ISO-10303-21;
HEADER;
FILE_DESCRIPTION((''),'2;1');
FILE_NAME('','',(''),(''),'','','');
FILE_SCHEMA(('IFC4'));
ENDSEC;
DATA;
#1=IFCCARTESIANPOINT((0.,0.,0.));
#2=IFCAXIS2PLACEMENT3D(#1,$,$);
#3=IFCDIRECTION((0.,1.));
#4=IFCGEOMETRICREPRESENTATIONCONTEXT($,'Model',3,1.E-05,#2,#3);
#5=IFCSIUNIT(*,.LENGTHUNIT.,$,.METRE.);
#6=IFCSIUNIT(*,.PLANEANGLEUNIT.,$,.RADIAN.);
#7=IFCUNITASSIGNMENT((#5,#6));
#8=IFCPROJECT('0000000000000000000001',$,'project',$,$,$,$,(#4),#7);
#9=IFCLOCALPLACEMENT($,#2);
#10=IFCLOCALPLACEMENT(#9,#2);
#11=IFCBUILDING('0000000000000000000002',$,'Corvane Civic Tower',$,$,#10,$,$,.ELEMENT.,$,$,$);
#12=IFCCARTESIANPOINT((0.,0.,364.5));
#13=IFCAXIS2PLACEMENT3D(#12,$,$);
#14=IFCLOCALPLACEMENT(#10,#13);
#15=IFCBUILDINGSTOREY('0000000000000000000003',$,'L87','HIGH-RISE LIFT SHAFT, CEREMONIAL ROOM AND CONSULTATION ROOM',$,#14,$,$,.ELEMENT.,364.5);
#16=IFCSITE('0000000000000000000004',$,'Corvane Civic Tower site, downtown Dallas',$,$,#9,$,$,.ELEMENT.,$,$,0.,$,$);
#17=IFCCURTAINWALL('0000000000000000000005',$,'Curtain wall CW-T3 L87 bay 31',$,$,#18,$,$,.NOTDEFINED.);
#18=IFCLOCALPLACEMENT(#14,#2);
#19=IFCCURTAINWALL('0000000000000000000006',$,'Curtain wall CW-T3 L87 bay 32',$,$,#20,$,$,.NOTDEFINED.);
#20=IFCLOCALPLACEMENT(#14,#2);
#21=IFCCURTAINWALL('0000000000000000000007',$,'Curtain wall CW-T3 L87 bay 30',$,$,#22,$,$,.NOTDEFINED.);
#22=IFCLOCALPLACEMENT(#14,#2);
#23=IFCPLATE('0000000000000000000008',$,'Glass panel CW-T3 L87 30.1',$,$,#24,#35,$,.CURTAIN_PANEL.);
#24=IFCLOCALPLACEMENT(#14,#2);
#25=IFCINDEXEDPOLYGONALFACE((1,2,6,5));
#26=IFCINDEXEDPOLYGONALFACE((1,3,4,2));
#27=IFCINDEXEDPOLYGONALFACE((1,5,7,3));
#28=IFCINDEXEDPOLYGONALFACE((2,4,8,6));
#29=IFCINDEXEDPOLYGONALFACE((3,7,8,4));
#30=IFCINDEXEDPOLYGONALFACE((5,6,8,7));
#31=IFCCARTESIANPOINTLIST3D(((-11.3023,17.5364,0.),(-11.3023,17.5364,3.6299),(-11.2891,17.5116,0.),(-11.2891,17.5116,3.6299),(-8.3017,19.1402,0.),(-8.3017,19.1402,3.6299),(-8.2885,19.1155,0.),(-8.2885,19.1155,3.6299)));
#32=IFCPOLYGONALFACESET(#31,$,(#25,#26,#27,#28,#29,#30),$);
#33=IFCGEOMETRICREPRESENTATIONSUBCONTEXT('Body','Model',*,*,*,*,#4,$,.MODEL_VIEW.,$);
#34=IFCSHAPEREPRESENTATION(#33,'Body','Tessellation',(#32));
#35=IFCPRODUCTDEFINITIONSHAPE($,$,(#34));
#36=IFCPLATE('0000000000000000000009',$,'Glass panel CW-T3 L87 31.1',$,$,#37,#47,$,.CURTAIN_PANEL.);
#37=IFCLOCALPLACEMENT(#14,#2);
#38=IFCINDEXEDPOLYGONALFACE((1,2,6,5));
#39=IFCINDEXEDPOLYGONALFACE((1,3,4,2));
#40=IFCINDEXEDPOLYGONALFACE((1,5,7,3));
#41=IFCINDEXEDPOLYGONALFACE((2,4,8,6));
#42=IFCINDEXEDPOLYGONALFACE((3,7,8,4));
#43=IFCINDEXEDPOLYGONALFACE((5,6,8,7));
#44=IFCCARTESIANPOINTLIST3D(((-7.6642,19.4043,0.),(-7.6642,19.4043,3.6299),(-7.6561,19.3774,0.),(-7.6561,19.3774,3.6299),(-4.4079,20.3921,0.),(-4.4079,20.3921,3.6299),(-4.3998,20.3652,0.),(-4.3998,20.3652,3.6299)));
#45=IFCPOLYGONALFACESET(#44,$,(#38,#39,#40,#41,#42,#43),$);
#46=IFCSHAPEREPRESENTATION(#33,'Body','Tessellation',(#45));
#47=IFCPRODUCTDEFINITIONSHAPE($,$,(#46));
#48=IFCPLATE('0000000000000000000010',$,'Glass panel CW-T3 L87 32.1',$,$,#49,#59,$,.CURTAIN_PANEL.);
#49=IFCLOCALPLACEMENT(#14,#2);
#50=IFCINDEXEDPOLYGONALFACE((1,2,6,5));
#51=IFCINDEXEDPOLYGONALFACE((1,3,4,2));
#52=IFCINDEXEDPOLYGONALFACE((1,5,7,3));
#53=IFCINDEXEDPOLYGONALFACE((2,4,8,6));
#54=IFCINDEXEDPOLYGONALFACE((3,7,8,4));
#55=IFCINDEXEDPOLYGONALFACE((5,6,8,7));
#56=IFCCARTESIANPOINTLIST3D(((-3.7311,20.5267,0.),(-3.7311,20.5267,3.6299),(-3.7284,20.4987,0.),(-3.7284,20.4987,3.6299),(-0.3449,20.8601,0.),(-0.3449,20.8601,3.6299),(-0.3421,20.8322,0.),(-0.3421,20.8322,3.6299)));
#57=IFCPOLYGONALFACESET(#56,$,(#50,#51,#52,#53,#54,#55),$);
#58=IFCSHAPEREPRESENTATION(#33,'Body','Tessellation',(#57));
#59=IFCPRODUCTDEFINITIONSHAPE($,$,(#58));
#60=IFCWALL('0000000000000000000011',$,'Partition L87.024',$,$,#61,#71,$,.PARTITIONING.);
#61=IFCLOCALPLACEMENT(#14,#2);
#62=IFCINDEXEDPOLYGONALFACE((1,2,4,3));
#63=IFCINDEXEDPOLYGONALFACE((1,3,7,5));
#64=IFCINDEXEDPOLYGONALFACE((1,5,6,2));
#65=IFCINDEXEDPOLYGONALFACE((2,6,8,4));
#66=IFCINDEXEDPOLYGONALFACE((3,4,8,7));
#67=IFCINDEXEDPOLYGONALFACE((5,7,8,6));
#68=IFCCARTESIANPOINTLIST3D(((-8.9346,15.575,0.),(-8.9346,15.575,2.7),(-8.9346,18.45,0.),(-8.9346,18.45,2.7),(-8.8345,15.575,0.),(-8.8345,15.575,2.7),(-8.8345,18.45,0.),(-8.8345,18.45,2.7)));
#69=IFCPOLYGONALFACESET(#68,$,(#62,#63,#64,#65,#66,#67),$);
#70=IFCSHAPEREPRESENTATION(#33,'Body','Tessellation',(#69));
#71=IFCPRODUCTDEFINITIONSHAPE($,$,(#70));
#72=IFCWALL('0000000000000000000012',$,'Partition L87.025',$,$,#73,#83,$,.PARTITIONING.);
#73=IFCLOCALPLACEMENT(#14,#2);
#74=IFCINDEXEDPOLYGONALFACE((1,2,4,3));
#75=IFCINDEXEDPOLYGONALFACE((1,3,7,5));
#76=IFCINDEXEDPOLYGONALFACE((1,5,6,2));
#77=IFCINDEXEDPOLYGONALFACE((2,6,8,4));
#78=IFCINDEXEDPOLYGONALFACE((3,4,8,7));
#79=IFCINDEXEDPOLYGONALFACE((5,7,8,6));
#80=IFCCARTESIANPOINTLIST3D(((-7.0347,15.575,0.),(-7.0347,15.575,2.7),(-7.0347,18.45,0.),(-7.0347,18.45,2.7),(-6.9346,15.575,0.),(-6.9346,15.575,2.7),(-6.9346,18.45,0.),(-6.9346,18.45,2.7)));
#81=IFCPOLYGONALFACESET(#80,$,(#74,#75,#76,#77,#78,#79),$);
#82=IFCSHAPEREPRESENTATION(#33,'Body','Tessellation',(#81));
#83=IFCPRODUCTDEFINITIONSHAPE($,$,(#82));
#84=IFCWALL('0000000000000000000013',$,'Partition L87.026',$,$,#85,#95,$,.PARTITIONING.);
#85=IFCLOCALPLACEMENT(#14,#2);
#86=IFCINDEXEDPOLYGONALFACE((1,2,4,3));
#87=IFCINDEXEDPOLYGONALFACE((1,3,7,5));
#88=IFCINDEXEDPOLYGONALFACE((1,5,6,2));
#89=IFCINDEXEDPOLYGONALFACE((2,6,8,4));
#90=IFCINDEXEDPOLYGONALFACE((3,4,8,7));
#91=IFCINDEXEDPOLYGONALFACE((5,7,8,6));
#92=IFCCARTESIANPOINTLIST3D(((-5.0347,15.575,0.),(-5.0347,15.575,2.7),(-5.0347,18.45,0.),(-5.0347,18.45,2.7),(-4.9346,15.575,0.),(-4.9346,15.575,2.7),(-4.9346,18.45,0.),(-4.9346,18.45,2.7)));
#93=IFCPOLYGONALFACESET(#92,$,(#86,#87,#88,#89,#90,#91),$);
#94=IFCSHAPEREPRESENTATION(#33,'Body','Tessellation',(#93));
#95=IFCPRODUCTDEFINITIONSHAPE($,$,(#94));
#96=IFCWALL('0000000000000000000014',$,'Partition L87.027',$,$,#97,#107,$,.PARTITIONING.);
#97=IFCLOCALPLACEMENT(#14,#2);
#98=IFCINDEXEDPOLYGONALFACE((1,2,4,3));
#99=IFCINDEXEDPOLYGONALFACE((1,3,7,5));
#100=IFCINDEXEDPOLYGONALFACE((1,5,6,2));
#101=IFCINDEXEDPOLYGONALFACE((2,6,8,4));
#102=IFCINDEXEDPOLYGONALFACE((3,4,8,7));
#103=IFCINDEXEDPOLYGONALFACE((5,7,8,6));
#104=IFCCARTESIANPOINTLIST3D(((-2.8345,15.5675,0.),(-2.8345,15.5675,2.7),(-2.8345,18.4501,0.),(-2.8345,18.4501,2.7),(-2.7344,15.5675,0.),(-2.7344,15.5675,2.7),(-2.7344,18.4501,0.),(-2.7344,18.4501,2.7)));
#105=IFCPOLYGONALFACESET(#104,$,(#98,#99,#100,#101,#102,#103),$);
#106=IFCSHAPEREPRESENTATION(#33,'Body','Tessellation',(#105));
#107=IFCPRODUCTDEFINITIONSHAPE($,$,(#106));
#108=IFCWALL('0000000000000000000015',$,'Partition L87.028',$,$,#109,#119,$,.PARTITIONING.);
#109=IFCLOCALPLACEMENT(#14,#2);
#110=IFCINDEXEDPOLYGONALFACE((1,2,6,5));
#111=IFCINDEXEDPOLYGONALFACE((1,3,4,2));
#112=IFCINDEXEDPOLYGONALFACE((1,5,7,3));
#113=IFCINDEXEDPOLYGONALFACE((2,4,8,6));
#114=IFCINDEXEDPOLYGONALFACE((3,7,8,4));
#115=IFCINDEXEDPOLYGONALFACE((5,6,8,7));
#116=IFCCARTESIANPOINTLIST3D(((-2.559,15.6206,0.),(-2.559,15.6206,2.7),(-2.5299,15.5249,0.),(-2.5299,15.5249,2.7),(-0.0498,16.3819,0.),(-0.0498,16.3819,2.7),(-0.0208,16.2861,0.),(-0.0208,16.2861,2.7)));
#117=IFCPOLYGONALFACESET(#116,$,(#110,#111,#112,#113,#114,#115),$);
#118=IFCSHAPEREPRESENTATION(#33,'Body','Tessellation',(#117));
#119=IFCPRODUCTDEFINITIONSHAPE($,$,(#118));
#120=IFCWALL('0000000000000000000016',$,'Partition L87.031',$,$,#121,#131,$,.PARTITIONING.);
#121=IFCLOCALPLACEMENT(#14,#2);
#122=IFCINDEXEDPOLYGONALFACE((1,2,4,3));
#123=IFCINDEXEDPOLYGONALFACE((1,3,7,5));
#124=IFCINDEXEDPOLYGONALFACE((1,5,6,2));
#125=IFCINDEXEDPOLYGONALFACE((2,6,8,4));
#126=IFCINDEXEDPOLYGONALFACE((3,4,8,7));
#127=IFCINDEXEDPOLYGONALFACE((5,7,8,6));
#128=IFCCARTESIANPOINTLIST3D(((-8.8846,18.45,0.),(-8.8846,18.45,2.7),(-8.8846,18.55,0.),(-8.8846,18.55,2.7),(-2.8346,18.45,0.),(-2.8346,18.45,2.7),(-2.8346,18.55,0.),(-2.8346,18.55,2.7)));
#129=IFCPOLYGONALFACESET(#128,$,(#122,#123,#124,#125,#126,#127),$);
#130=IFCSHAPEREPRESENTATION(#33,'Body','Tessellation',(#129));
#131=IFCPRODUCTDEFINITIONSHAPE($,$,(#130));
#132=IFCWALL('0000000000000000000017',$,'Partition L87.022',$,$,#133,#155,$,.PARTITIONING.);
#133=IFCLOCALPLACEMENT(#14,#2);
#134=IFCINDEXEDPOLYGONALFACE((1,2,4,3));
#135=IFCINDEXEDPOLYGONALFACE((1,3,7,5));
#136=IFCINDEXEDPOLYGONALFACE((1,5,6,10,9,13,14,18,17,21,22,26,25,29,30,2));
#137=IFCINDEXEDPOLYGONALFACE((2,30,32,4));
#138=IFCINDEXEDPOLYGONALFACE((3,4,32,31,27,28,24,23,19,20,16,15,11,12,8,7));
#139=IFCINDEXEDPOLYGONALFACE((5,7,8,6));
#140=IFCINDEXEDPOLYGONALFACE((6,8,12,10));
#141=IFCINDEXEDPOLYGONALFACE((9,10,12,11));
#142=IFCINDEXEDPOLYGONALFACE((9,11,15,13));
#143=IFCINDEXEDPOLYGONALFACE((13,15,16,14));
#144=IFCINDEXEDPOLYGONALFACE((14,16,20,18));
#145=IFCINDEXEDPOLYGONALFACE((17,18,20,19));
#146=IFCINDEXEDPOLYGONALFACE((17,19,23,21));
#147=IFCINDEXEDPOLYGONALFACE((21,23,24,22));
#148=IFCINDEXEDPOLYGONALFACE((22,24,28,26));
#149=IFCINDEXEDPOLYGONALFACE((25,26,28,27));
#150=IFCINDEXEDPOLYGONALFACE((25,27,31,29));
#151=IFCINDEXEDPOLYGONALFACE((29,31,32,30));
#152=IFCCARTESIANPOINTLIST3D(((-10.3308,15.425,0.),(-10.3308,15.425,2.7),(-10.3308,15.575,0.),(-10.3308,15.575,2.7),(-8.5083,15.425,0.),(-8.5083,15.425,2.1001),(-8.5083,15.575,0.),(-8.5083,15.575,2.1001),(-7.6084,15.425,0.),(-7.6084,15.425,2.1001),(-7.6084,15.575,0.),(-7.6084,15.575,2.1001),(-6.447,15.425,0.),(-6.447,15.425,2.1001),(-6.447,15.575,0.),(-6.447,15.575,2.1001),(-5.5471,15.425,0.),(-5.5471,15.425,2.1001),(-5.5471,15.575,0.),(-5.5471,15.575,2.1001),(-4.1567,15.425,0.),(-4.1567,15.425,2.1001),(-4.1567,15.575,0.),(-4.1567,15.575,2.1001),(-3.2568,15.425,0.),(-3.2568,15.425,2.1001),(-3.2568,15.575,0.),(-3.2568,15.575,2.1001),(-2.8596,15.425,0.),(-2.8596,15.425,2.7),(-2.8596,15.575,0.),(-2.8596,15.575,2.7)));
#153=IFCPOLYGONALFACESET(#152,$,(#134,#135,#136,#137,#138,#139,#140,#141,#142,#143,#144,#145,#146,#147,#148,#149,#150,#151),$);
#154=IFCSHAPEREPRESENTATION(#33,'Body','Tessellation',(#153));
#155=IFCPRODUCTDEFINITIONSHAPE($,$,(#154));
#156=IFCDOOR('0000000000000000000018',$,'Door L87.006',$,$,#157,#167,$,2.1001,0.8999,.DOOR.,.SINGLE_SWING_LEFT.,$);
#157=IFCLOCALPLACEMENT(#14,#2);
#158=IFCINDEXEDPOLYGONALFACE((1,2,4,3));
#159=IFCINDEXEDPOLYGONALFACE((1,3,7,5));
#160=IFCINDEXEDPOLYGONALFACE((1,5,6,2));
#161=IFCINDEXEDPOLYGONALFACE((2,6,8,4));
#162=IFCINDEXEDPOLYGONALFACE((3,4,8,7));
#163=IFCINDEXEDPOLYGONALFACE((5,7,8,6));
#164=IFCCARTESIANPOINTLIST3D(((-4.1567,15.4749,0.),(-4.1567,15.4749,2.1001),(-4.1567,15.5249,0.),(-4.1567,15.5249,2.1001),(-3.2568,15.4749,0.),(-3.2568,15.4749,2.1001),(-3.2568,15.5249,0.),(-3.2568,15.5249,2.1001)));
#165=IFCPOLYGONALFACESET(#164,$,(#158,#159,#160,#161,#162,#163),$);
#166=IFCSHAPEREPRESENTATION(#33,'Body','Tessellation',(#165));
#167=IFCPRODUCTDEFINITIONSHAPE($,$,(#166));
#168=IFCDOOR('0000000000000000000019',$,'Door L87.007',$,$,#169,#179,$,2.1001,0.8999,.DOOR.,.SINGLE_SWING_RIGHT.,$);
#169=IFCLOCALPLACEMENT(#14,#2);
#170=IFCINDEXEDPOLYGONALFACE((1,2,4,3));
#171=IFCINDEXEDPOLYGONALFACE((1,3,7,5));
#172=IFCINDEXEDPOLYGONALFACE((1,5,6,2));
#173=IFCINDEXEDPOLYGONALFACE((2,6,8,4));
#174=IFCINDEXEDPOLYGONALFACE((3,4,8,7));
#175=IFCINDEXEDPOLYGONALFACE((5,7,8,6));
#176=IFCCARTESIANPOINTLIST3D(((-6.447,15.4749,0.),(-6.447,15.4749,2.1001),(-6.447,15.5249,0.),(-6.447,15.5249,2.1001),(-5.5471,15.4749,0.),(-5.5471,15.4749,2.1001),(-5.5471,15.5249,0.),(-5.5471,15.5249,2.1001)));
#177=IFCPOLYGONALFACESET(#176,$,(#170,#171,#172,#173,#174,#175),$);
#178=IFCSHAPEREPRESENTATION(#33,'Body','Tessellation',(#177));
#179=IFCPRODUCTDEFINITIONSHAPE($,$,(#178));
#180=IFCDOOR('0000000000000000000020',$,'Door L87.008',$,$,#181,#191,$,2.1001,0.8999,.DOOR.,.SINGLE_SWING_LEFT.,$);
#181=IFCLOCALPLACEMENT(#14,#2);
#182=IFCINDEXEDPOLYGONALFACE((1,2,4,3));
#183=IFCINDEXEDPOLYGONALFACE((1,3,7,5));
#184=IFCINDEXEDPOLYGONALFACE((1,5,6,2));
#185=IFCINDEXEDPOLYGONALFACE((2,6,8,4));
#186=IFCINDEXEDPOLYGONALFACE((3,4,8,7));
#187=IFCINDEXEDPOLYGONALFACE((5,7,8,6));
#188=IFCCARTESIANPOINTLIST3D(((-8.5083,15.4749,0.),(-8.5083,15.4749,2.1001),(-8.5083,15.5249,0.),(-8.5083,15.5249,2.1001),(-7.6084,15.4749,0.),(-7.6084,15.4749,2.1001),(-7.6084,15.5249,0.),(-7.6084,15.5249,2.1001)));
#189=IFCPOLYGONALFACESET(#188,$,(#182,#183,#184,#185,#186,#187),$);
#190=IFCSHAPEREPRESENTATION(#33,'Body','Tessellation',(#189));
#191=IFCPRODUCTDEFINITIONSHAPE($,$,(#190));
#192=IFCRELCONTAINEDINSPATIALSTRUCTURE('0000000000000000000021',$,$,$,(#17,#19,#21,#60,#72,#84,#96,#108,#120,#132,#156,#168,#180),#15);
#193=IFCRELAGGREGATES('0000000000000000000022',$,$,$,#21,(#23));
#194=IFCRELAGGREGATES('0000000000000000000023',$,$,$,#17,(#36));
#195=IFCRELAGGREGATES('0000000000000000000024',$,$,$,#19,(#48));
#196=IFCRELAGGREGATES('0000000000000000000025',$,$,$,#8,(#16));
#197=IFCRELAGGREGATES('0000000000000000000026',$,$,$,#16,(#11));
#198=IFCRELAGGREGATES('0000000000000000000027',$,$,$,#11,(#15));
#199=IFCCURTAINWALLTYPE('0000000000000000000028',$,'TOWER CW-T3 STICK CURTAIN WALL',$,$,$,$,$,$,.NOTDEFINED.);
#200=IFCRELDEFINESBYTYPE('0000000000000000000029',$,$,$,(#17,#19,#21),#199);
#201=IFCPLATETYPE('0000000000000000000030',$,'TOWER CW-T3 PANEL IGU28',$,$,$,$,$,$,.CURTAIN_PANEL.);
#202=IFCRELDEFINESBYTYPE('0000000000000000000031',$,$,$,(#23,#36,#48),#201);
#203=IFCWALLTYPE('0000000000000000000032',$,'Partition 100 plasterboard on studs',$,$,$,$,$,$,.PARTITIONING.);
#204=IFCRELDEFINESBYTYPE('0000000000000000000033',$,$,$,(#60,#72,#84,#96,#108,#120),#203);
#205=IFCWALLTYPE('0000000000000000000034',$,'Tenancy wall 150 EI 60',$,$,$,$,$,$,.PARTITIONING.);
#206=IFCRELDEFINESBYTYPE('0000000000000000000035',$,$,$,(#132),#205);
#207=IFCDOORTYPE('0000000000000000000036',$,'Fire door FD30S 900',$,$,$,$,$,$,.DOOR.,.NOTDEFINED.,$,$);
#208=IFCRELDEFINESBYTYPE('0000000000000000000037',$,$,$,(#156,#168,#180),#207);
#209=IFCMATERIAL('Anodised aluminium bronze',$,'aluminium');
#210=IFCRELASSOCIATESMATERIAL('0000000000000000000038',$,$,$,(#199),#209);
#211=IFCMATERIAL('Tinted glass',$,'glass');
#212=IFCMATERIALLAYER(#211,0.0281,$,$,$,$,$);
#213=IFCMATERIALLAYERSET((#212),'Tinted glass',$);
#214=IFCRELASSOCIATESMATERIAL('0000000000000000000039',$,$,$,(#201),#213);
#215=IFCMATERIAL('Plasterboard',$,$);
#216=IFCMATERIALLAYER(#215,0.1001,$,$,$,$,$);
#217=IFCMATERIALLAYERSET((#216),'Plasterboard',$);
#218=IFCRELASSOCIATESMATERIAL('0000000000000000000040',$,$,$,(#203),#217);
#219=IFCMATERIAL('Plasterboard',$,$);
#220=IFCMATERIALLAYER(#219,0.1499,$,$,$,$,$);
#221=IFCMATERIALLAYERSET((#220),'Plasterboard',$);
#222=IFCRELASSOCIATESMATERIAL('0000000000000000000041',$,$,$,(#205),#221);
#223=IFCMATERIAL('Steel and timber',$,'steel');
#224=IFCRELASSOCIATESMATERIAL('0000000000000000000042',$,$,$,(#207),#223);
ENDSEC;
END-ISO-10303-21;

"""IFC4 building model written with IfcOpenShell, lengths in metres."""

from ifc_helpers import new_model, si_unit, direction, frame, frame_2d, origin, origin_2d, place, context, subcontext, project, spatial, rectangle, extrude, material, layer, layer_set, type_object, element, fill, aggregate, save


model = new_model("IFC4")

# Units and contexts
model_context = context("Model", 3, precision=1e-05, world=origin(), true_north=direction((0.0, 1.0)))
body_context = subcontext(model_context, "Body", "Model", "MODEL_VIEW")
ifc_project = project(units=[si_unit("LENGTHUNIT", "METRE"), si_unit("PLANEANGLEUNIT", "RADIAN")], contexts=[model_context])

# Site, building, storey
site_placement = place(None, origin())
site = spatial("IfcSite", under=ifc_project, at=site_placement, Name="Corvane Civic Tower site, downtown Dallas", CompositionType="ELEMENT", RefElevation=0.0)
building_placement = place(site_placement, origin())
building = spatial("IfcBuilding", under=site, at=building_placement, Name="Corvane Civic Tower", CompositionType="ELEMENT")
storey_placement = place(building_placement, frame((0.0, 0.0, 364.5)))
storey = spatial("IfcBuildingStorey", under=building, at=storey_placement, Name="L87", Description="HIGH-RISE LIFT SHAFT, CEREMONIAL ROOM AND CONSULTATION ROOM", CompositionType="ELEMENT", Elevation=364.5)

# Curtain walls
ifc_material_1 = material(Name="Anodised aluminium bronze", Category="aluminium")
curtain_wall_type = type_object("IfcCurtainWallType", Name="TOWER CW-T3 STICK CURTAIN WALL", PredefinedType="NOTDEFINED", material=ifc_material_1)
curtain_wall_1_placement = place(storey_placement, origin())
curtain_wall_1 = element("IfcCurtainWall", 1, at=curtain_wall_1_placement, inside=storey, type_object=curtain_wall_type, Name="Curtain wall CW-T3 L87 bay 31", PredefinedType="NOTDEFINED")
curtain_wall_2_placement = place(storey_placement, origin())
curtain_wall_2 = element("IfcCurtainWall", 2, at=curtain_wall_2_placement, inside=storey, type_object=curtain_wall_type, Name="Curtain wall CW-T3 L87 bay 32", PredefinedType="NOTDEFINED")

# Curtain wall, plate
curtain_wall_3_placement = place(storey_placement, origin())
curtain_wall_3 = element("IfcCurtainWall", 3, at=curtain_wall_3_placement, inside=storey, type_object=curtain_wall_type, Name="Curtain wall CW-T3 L87 bay 30", PredefinedType="NOTDEFINED")
ifc_material_2 = material(Name="Tinted glass", Category="glass")
ifc_layer_1 = layer(ifc_material_2, 0.0281)
ifc_layer_set_1 = layer_set([ifc_layer_1], Name="Tinted glass")
plate_type = type_object("IfcPlateType", Name="TOWER CW-T3 PANEL IGU28", PredefinedType="CURTAIN_PANEL", material=ifc_layer_set_1)
plate_1_placement = place(storey_placement, frame((-9.7954, 18.3259, 0.0), z_axis=(0.0, 0.0, 1.0), x_axis=(0.881928, 0.471384, 0.0)))
plate_1 = element("IfcPlate", 4, at=plate_1_placement, type_object=plate_type, Name="Glass panel CW-T3 L87 30.1", PredefinedType="CURTAIN_PANEL", context=body_context, shape_type="SweptSolid", body=[
    extrude(rectangle(XDim=3.4023, YDim=0.0281, at=origin_2d()), origin(), (0.0, 0.0, 1.0), 3.6299),
])
aggregate(curtain_wall_3, [plate_1])

# Plates
plate_2_placement = place(storey_placement, frame((-6.032, 19.8848, 0.0), z_axis=(0.0, 0.0, 1.0), x_axis=(0.956939, 0.29029, 0.0)))
plate_2 = element("IfcPlate", 5, at=plate_2_placement, type_object=plate_type, Name="Glass panel CW-T3 L87 31.1", PredefinedType="CURTAIN_PANEL", context=body_context, shape_type="SweptSolid", body=[
    extrude(rectangle(XDim=3.4028, YDim=0.0281, at=origin_2d()), origin(), (0.0, 0.0, 1.0), 3.6299),
])
aggregate(curtain_wall_1, [plate_2])
plate_3_placement = place(storey_placement, frame((-2.0366, 20.6794, 0.0), z_axis=(0.0, 0.0, 1.0), x_axis=(0.995187, 0.097998, 0.0)))
plate_3 = element("IfcPlate", 6, at=plate_3_placement, type_object=plate_type, Name="Glass panel CW-T3 L87 32.1", PredefinedType="CURTAIN_PANEL", context=body_context, shape_type="SweptSolid", body=[
    extrude(rectangle(XDim=3.4026, YDim=0.0281, at=origin_2d()), origin(), (0.0, 0.0, 1.0), 3.6299),
])
aggregate(curtain_wall_2, [plate_3])

# Walls
ifc_material_3 = material(Name="Plasterboard")
ifc_layer_2 = layer(ifc_material_3, 0.1001)
ifc_layer_set_2 = layer_set([ifc_layer_2], Name="Plasterboard")
wall_type_1 = type_object("IfcWallType", Name="Partition 100 plasterboard on studs", PredefinedType="PARTITIONING", material=ifc_layer_set_2)
for number, where, z_axis, x_axis, name in (
    (7, (-8.8845, 15.575, 0.0), (0.0, 0.0, 1.0), (0.0, 1.0, 0.0), "Partition L87.024"),
    (8, (-6.9846, 15.575, 0.0), (0.0, 0.0, 1.0), (0.0, 1.0, 0.0), "Partition L87.025"),
    (9, (-4.9846, 15.575, 0.0), (0.0, 0.0, 1.0), (0.0, 1.0, 0.0), "Partition L87.026"),
):
    element("IfcWall", number, at=place(storey_placement, frame(where, z_axis=z_axis, x_axis=x_axis)), inside=storey, type_object=wall_type_1, Name=name, PredefinedType="PARTITIONING", context=body_context, shape_type="SweptSolid", body=[
        extrude(rectangle(XDim=2.875, YDim=0.1001, at=frame_2d((1.4375, 0.0))), origin(), (0.0, 0.0, 1.0), 2.7),
    ])
wall_1_placement = place(storey_placement, frame((-2.7844, 15.5674, 0.0), z_axis=(0.0, 0.0, 1.0), x_axis=(0.0, 1.0, 0.0)))
element("IfcWall", 10, at=wall_1_placement, inside=storey, type_object=wall_type_1, Name="Partition L87.027", PredefinedType="PARTITIONING", context=body_context, shape_type="SweptSolid", body=[
    extrude(rectangle(XDim=2.8826, YDim=0.1001, at=frame_2d((1.4414, 0.0))), origin(), (0.0, 0.0, 1.0), 2.7),
])
wall_2_placement = place(storey_placement, frame((-2.5444, 15.5728, 0.0), z_axis=(0.0, 0.0, 1.0), x_axis=(0.956927, 0.290328, 0.0)))
element("IfcWall", 11, at=wall_2_placement, inside=storey, type_object=wall_type_1, Name="Partition L87.028", PredefinedType="PARTITIONING", context=body_context, shape_type="SweptSolid", body=[
    extrude(rectangle(XDim=2.6221, YDim=0.1001, at=frame_2d((1.311, 0.0))), origin(), (0.0, 0.0, 1.0), 2.7),
])
wall_3_placement = place(storey_placement, frame((-8.8845, 18.5, 0.0), z_axis=(0.0, 0.0, 1.0), x_axis=(1.0, 0.0, 0.0)))
element("IfcWall", 12, at=wall_3_placement, inside=storey, type_object=wall_type_1, Name="Partition L87.031", PredefinedType="PARTITIONING", context=body_context, shape_type="SweptSolid", body=[
    extrude(rectangle(XDim=6.05, YDim=0.1001, at=frame_2d((3.0249, 0.0))), origin(), (0.0, 0.0, 1.0), 2.7),
])

# Wall, openings, doors
ifc_material_4 = material(Name="Plasterboard")
ifc_layer_3 = layer(ifc_material_4, 0.1499)
ifc_layer_set_3 = layer_set([ifc_layer_3], Name="Plasterboard")
wall_type_2 = type_object("IfcWallType", Name="Tenancy wall 150 EI 60", PredefinedType="PARTITIONING", material=ifc_layer_set_3)
wall_4_placement = place(storey_placement, frame((-10.3308, 15.5, 0.0), z_axis=(0.0, 0.0, 1.0), x_axis=(1.0, 0.0, 0.0)))
wall_4 = element("IfcWall", 13, at=wall_4_placement, inside=storey, type_object=wall_type_2, Name="Partition L87.022", PredefinedType="PARTITIONING", context=body_context, shape_type="SweptSolid", body=[
    extrude(rectangle(XDim=7.4712, YDim=0.1499, at=frame_2d((3.7356, 0.0))), origin(), (0.0, 0.0, 1.0), 2.7),
])
opening_1_placement = place(wall_4_placement, frame((6.1741, 0.0, 0.0)))
opening_1 = element("IfcOpeningElement", 14, at=opening_1_placement, cuts=wall_4, PredefinedType="OPENING", context=body_context, shape_type="SweptSolid", body=[
    extrude(rectangle(XDim=0.8999, YDim=2.1001, at=frame_2d((0.45, 1.05))), frame((0.0, 0.085, 0.0), z_axis=(0.0, -1.0, 0.0), x_axis=(1.0, 0.0, 0.0)), (0.0, 0.0, 1.0), 0.1699),
])
opening_2_placement = place(wall_4_placement, frame((3.8838, 0.0, 0.0)))
opening_2 = element("IfcOpeningElement", 15, at=opening_2_placement, cuts=wall_4, PredefinedType="OPENING", context=body_context, shape_type="SweptSolid", body=[
    extrude(rectangle(XDim=0.8999, YDim=2.1001, at=frame_2d((0.45, 1.05))), frame((0.0, 0.085, 0.0), z_axis=(0.0, -1.0, 0.0), x_axis=(1.0, 0.0, 0.0)), (0.0, 0.0, 1.0), 0.1699),
])
opening_3_placement = place(wall_4_placement, frame((1.8225, 0.0, 0.0)))
opening_3 = element("IfcOpeningElement", 16, at=opening_3_placement, cuts=wall_4, PredefinedType="OPENING", context=body_context, shape_type="SweptSolid", body=[
    extrude(rectangle(XDim=0.8999, YDim=2.1001, at=frame_2d((0.45, 1.05))), frame((0.0, 0.085, 0.0), z_axis=(0.0, -1.0, 0.0), x_axis=(1.0, 0.0, 0.0)), (0.0, 0.0, 1.0), 0.1699),
])
ifc_material_5 = material(Name="Steel and timber", Category="steel")
door_type = type_object("IfcDoorType", Name="Fire door FD30S 900", OperationType="NOTDEFINED", PredefinedType="DOOR", material=ifc_material_5)
door_1_placement = place(opening_1_placement, origin())
door_1 = element("IfcDoor", 17, at=door_1_placement, inside=storey, type_object=door_type, Name="Door L87.006", OperationType="SINGLE_SWING_LEFT", OverallHeight=2.1001, OverallWidth=0.8999, PredefinedType="DOOR", context=body_context, shape_type="SweptSolid", body=[
    extrude(rectangle(XDim=0.8999, YDim=2.1001, at=frame_2d((0.45, 1.05))), frame((0.0, 0.0249, 0.0), z_axis=(0.0, -1.0, 0.0), x_axis=(1.0, 0.0, 0.0)), (0.0, 0.0, 1.0), 0.05),
])
fill(opening_1, door_1)
door_2_placement = place(opening_2_placement, origin())
door_2 = element("IfcDoor", 18, at=door_2_placement, inside=storey, type_object=door_type, Name="Door L87.007", OperationType="SINGLE_SWING_RIGHT", OverallHeight=2.1001, OverallWidth=0.8999, PredefinedType="DOOR", context=body_context, shape_type="SweptSolid", body=[
    extrude(rectangle(XDim=0.8999, YDim=2.1001, at=frame_2d((0.45, 1.05))), frame((0.0, 0.0249, 0.0), z_axis=(0.0, -1.0, 0.0), x_axis=(1.0, 0.0, 0.0)), (0.0, 0.0, 1.0), 0.05),
])
fill(opening_2, door_2)
door_3_placement = place(opening_3_placement, origin())
door_3 = element("IfcDoor", 19, at=door_3_placement, inside=storey, type_object=door_type, Name="Door L87.008", OperationType="SINGLE_SWING_LEFT", OverallHeight=2.1001, OverallWidth=0.8999, PredefinedType="DOOR", context=body_context, shape_type="SweptSolid", body=[
    extrude(rectangle(XDim=0.8999, YDim=2.1001, at=frame_2d((0.45, 1.05))), frame((0.0, 0.0249, 0.0), z_axis=(0.0, -1.0, 0.0), x_axis=(1.0, 0.0, 0.0)), (0.0, 0.0, 1.0), 0.05),
])
fill(opening_3, door_3)

save(model, "model.ifc")
